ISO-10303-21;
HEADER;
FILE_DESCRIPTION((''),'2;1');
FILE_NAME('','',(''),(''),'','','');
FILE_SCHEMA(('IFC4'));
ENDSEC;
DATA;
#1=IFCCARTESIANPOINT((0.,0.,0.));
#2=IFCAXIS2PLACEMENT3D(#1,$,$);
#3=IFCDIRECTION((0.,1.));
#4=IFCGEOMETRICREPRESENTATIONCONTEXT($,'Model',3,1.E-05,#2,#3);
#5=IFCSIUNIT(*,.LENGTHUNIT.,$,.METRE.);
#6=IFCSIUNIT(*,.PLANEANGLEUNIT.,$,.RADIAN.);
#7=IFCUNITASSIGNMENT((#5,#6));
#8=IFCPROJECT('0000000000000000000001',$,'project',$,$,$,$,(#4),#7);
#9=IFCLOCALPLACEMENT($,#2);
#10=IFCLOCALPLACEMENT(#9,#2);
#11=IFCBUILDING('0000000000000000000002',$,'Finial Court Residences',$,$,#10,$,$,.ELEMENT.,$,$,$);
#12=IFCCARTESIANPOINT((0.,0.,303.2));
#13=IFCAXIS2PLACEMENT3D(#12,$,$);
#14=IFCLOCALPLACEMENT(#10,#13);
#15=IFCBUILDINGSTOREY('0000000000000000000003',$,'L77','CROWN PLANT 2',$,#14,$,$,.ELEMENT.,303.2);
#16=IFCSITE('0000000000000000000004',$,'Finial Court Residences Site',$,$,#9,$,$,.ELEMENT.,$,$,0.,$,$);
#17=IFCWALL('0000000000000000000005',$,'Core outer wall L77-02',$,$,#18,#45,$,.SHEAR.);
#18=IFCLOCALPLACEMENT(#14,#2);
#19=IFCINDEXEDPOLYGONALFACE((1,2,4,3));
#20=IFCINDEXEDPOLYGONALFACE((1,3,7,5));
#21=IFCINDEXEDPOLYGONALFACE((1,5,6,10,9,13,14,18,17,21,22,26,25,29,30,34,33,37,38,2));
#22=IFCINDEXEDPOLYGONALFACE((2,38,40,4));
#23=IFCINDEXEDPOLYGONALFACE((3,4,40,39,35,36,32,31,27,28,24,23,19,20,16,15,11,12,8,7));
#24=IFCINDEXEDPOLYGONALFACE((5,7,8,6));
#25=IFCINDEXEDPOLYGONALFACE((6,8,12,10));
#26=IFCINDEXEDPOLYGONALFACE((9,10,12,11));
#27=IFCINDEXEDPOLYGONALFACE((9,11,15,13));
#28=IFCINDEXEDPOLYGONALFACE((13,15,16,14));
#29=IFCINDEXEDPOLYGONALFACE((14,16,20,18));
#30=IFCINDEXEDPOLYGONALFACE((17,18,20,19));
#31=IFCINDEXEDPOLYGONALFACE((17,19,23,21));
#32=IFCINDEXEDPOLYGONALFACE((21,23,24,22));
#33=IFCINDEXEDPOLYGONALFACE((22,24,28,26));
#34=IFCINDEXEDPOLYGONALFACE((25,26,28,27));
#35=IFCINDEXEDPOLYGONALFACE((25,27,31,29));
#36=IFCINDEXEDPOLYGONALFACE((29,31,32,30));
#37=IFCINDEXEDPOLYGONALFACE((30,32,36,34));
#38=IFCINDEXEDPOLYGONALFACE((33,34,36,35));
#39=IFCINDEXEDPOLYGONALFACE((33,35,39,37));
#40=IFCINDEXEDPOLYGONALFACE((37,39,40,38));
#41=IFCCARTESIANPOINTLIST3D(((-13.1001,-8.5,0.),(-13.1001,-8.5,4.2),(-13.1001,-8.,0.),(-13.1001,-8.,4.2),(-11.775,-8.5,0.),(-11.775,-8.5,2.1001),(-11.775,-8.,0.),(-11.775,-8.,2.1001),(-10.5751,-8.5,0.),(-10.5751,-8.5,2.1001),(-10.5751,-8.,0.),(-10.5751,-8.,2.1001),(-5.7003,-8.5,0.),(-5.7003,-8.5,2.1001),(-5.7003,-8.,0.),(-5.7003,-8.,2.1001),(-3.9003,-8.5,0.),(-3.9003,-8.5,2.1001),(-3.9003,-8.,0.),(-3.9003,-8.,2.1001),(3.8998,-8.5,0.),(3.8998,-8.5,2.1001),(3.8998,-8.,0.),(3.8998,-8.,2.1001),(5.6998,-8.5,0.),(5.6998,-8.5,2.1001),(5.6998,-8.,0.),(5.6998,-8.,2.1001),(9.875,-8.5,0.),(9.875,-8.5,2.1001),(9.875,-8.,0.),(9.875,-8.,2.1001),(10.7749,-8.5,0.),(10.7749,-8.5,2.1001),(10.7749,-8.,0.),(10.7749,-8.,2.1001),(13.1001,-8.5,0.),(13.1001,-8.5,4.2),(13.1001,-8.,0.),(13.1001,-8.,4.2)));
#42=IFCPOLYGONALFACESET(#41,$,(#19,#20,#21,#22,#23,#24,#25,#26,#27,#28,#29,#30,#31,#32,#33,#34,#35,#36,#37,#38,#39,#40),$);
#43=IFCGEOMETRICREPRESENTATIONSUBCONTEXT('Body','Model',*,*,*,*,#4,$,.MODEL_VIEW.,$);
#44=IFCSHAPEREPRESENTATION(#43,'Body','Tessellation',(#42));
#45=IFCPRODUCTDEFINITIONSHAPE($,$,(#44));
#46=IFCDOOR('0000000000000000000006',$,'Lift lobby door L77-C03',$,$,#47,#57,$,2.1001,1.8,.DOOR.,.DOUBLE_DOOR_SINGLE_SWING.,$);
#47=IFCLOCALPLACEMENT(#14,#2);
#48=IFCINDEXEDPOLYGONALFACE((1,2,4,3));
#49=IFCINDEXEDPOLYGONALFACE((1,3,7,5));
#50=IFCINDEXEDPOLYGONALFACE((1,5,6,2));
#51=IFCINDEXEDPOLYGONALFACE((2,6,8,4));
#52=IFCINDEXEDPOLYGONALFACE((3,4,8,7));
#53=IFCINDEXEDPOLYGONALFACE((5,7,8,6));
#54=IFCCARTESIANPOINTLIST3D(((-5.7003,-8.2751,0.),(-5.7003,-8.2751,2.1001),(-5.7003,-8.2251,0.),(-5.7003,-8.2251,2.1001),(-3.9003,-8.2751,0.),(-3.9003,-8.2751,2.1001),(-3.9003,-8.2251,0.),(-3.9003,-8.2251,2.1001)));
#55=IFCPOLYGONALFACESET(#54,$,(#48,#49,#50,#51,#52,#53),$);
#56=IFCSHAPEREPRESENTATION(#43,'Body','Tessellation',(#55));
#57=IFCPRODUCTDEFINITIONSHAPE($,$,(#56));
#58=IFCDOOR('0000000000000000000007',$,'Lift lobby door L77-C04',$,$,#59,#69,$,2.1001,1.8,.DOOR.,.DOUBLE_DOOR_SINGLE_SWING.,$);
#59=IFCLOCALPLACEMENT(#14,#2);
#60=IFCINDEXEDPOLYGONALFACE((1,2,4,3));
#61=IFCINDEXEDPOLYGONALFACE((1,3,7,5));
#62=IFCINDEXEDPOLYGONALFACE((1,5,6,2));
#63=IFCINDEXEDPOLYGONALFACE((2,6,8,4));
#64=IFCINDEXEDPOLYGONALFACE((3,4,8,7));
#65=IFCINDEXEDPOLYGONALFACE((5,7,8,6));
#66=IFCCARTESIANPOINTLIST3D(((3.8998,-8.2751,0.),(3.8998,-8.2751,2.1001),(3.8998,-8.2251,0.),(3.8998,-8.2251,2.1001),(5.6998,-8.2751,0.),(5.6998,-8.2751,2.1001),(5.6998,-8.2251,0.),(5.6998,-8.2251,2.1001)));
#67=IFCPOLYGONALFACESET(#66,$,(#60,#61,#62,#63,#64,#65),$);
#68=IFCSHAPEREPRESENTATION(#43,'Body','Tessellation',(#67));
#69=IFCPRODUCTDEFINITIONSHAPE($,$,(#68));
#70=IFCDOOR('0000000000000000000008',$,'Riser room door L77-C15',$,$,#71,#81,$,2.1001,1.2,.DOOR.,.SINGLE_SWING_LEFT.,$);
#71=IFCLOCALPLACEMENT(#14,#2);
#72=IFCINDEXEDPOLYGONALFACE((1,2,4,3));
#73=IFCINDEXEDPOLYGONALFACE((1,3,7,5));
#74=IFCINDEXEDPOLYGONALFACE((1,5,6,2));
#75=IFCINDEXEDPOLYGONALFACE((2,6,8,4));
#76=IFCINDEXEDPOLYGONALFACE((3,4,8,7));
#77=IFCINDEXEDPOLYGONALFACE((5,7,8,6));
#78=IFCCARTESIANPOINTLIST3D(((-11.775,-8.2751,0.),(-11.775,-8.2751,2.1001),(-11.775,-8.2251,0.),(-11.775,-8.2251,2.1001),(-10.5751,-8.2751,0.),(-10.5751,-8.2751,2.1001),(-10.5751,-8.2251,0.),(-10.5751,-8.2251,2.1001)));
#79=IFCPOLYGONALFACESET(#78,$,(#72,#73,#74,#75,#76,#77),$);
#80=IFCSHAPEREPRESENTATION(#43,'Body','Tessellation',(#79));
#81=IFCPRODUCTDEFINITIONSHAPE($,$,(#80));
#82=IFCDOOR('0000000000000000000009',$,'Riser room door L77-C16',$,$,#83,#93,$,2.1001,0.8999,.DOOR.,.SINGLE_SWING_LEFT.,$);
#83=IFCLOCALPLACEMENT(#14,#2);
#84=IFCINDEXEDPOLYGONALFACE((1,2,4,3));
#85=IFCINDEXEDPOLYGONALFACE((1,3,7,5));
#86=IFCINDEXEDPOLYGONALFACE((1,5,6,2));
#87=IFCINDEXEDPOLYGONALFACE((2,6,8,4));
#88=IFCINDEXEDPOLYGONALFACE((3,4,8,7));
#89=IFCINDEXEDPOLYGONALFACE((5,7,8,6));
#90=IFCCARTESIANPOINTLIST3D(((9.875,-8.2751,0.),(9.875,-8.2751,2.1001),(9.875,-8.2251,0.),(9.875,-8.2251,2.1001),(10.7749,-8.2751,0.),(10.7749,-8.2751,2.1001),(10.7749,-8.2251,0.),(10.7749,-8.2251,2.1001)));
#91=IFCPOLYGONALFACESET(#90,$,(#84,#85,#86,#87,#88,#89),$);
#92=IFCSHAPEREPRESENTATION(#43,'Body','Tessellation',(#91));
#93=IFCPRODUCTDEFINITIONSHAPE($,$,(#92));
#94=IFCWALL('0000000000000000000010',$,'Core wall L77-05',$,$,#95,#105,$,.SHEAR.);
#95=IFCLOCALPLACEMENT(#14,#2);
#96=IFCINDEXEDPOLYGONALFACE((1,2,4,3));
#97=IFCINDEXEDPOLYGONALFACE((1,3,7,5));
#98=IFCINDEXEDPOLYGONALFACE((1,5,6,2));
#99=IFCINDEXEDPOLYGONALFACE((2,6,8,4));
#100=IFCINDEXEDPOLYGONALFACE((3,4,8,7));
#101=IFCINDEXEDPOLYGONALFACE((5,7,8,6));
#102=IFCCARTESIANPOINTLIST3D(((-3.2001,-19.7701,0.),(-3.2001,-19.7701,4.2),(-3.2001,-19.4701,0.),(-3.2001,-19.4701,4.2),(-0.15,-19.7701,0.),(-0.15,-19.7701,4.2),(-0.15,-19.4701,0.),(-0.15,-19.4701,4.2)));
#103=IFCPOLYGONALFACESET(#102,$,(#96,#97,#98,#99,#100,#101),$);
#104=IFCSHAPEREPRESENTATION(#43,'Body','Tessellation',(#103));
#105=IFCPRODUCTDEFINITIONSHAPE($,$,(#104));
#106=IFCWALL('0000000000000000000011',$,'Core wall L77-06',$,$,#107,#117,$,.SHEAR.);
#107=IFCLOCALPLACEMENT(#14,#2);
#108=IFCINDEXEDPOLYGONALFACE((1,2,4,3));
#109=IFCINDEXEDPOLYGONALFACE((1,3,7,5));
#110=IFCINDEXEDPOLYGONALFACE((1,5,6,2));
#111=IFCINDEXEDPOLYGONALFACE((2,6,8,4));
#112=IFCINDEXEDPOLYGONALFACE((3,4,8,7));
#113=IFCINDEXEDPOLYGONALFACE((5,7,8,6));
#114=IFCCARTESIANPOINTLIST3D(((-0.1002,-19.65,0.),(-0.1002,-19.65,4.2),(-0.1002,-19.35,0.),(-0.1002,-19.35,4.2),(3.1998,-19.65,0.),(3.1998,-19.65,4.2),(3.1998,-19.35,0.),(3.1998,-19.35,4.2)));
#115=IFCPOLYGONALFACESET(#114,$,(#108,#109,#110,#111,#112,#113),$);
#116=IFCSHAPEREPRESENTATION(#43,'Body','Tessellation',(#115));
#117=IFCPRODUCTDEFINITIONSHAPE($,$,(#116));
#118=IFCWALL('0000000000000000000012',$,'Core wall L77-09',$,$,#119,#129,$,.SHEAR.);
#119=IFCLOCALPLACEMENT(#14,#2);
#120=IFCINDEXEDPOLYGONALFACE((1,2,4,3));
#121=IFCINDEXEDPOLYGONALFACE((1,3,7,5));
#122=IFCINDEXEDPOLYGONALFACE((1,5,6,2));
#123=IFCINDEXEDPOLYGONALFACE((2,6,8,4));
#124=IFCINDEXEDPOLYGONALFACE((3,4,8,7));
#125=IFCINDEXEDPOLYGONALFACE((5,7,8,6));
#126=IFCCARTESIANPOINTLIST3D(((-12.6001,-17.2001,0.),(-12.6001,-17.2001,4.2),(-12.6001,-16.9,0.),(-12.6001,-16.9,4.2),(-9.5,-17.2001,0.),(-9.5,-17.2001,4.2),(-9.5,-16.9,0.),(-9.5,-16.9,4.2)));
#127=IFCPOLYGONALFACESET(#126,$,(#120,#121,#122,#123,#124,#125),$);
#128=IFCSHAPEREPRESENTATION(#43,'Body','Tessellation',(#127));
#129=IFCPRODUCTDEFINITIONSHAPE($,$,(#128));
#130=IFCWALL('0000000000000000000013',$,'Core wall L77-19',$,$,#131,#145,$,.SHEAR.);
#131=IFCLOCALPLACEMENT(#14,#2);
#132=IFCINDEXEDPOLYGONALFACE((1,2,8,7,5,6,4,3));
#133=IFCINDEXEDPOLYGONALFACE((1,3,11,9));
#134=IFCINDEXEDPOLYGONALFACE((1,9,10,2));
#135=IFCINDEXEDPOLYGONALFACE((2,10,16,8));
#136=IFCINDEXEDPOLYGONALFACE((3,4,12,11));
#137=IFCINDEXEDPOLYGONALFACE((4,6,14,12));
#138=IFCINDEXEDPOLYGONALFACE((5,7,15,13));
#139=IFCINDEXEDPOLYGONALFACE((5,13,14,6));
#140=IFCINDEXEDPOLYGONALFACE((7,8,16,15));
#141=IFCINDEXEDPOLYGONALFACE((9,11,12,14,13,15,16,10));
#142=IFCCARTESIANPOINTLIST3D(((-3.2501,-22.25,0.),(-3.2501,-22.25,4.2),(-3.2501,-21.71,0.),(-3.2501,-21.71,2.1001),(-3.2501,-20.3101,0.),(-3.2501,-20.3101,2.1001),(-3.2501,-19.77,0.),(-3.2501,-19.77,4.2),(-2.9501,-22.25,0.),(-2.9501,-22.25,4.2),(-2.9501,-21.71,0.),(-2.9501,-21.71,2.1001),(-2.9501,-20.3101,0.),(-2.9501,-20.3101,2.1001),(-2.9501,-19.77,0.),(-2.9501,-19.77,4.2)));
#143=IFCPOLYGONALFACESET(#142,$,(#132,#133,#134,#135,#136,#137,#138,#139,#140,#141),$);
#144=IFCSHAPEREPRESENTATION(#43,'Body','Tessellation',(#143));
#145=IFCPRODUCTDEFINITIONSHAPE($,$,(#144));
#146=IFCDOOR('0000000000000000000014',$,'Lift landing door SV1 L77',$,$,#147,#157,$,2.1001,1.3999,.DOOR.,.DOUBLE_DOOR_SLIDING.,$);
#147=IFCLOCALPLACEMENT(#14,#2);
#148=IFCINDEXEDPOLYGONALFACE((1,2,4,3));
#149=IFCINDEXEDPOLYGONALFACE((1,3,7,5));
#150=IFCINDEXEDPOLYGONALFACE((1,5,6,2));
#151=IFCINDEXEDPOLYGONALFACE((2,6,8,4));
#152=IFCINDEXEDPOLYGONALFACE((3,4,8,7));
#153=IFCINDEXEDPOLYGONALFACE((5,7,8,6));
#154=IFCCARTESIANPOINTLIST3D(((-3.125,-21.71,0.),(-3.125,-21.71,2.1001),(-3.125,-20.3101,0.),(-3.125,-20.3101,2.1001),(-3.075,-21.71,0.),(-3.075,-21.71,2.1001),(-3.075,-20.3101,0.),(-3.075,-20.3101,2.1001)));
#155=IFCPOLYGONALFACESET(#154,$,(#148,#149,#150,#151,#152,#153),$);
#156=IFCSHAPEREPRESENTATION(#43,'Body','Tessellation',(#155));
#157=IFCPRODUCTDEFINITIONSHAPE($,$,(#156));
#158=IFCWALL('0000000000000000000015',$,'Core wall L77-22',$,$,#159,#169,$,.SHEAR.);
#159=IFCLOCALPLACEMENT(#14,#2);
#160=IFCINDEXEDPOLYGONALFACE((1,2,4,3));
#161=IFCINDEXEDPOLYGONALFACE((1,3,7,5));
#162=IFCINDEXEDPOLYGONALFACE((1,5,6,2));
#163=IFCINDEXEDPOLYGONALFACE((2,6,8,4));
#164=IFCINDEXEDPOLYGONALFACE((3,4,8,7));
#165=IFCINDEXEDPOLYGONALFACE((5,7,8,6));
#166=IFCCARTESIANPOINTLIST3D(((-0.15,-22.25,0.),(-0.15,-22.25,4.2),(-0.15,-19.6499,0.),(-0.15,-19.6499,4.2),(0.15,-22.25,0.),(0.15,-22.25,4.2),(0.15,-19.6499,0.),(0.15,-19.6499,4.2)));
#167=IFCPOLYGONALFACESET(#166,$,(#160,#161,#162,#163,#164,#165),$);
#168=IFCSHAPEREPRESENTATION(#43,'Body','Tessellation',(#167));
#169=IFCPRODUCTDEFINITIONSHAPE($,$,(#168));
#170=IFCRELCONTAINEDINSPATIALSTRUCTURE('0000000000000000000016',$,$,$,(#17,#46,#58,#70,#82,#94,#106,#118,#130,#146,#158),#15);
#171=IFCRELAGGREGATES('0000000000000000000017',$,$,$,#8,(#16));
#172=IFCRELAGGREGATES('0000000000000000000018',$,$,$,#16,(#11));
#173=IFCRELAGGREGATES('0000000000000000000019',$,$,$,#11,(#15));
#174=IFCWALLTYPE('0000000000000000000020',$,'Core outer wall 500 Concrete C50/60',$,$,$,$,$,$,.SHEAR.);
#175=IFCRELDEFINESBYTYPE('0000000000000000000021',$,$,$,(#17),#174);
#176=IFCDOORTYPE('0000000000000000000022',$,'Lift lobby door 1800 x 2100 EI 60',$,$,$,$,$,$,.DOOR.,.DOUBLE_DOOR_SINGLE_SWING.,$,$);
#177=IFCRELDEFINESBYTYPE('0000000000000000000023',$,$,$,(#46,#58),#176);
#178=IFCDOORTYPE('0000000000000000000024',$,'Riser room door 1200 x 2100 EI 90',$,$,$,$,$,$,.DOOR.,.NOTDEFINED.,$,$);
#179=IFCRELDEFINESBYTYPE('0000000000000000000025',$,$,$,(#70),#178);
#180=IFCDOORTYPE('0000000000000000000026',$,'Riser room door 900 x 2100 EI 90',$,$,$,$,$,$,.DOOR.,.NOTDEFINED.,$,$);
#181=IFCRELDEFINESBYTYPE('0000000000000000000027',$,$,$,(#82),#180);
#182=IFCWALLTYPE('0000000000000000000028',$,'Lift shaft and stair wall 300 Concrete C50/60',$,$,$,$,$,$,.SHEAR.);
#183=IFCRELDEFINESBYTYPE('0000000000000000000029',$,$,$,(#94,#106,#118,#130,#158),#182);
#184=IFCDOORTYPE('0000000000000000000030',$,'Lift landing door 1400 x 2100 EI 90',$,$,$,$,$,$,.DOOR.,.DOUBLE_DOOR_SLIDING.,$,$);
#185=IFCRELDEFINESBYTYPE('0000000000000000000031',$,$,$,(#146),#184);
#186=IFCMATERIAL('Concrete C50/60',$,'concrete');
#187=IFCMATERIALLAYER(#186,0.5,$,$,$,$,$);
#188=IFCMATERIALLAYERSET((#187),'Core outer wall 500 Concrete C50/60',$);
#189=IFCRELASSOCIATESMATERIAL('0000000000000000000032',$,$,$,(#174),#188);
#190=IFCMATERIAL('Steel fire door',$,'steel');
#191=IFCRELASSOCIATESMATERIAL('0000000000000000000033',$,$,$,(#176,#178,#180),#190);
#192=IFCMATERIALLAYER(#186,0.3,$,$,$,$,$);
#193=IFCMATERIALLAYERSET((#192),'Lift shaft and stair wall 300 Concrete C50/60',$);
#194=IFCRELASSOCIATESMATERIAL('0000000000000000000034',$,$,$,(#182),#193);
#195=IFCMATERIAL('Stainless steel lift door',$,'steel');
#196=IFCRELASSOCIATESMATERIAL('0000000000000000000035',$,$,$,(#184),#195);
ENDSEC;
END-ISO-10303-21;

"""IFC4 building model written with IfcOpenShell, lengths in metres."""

from ifc_helpers import new_model, si_unit, direction, frame, frame_2d, origin, place, context, subcontext, project, spatial, rectangle, extrude, material, layer, layer_set, type_object, element, fill, save


model = new_model("IFC4")

# Units and contexts
model_context = context("Model", 3, precision=1e-05, world=origin(), true_north=direction((0.0, 1.0)))
body_context = subcontext(model_context, "Body", "Model", "MODEL_VIEW")
ifc_project = project(units=[si_unit("LENGTHUNIT", "METRE"), si_unit("PLANEANGLEUNIT", "RADIAN")], contexts=[model_context])

# Site, building, storey
site_placement = place(None, origin())
site = spatial("IfcSite", under=ifc_project, at=site_placement, Name="Finial Court Residences Site", CompositionType="ELEMENT", RefElevation=0.0)
building_placement = place(site_placement, origin())
building = spatial("IfcBuilding", under=site, at=building_placement, Name="Finial Court Residences", CompositionType="ELEMENT")
storey_placement = place(building_placement, frame((0.0, 0.0, 303.2)))
storey = spatial("IfcBuildingStorey", under=building, at=storey_placement, Name="L77", Description="CROWN PLANT 2", CompositionType="ELEMENT", Elevation=303.2)

# Wall, openings, doors
ifc_material_1 = material(Name="Concrete C50/60", Category="concrete")
ifc_layer_1 = layer(ifc_material_1, 0.5)
ifc_layer_set_1 = layer_set([ifc_layer_1], Name="Core outer wall 500 Concrete C50/60")
wall_type_1 = type_object("IfcWallType", Name="Core outer wall 500 Concrete C50/60", PredefinedType="SHEAR", material=ifc_layer_set_1)
wall_1_placement = place(storey_placement, frame((-13.1001, -8.25, 0.0), z_axis=(0.0, 0.0, 1.0), x_axis=(1.0, 0.0, 0.0)))
wall_1 = element("IfcWall", 1, at=wall_1_placement, inside=storey, type_object=wall_type_1, Name="Core outer wall L77-02", PredefinedType="SHEAR", context=body_context, shape_type="SweptSolid", body=[
    extrude(rectangle(XDim=26.2002, YDim=0.5, at=frame_2d((13.1001, 0.0))), origin(), (0.0, 0.0, 1.0), 4.2),
])
opening_1_placement = place(wall_1_placement, frame((7.3999, 0.0, 0.0)))
opening_1 = element("IfcOpeningElement", 2, at=opening_1_placement, cuts=wall_1, PredefinedType="OPENING", context=body_context, shape_type="SweptSolid", body=[
    extrude(rectangle(XDim=1.8, YDim=2.1001, at=frame_2d((0.8999, 1.05))), frame((0.0, 0.26, 0.0), z_axis=(0.0, -1.0, 0.0), x_axis=(1.0, 0.0, 0.0)), (0.0, 0.0, 1.0), 0.52),
])
opening_2_placement = place(wall_1_placement, frame((17.0, 0.0, 0.0)))
opening_2 = element("IfcOpeningElement", 3, at=opening_2_placement, cuts=wall_1, PredefinedType="OPENING", context=body_context, shape_type="SweptSolid", body=[
    extrude(rectangle(XDim=1.8, YDim=2.1001, at=frame_2d((0.8999, 1.05))), frame((0.0, 0.26, 0.0), z_axis=(0.0, -1.0, 0.0), x_axis=(1.0, 0.0, 0.0)), (0.0, 0.0, 1.0), 0.52),
])
opening_3_placement = place(wall_1_placement, frame((1.325, 0.0, 0.0)))
opening_3 = element("IfcOpeningElement", 4, at=opening_3_placement, cuts=wall_1, PredefinedType="OPENING", context=body_context, shape_type="SweptSolid", body=[
    extrude(rectangle(XDim=1.2, YDim=2.1001, at=frame_2d((0.6001, 1.05))), frame((0.0, 0.26, 0.0), z_axis=(0.0, -1.0, 0.0), x_axis=(1.0, 0.0, 0.0)), (0.0, 0.0, 1.0), 0.52),
])
opening_4_placement = place(wall_1_placement, frame((22.9751, 0.0, 0.0)))
opening_4 = element("IfcOpeningElement", 5, at=opening_4_placement, cuts=wall_1, PredefinedType="OPENING", context=body_context, shape_type="SweptSolid", body=[
    extrude(rectangle(XDim=0.8999, YDim=2.1001, at=frame_2d((0.45, 1.05))), frame((0.0, 0.26, 0.0), z_axis=(0.0, -1.0, 0.0), x_axis=(1.0, 0.0, 0.0)), (0.0, 0.0, 1.0), 0.52),
])
ifc_material_2 = material(Name="Steel fire door", Category="steel")
door_type_1 = type_object("IfcDoorType", Name="Lift lobby door 1800 x 2100 EI 60", OperationType="DOUBLE_DOOR_SINGLE_SWING", PredefinedType="DOOR", material=ifc_material_2)
door_1_placement = place(opening_1_placement, origin())
door_1 = element("IfcDoor", 6, at=door_1_placement, inside=storey, type_object=door_type_1, Name="Lift lobby door L77-C03", OperationType="DOUBLE_DOOR_SINGLE_SWING", OverallHeight=2.1001, OverallWidth=1.8, PredefinedType="DOOR", context=body_context, shape_type="SweptSolid", body=[
    extrude(rectangle(XDim=1.8, YDim=2.1001, at=frame_2d((0.8999, 1.05))), frame((0.0, 0.0249, 0.0), z_axis=(0.0, -1.0, 0.0), x_axis=(1.0, 0.0, 0.0)), (0.0, 0.0, 1.0), 0.05),
])
fill(opening_1, door_1)
door_2_placement = place(opening_2_placement, origin())
door_2 = element("IfcDoor", 7, at=door_2_placement, inside=storey, type_object=door_type_1, Name="Lift lobby door L77-C04", OperationType="DOUBLE_DOOR_SINGLE_SWING", OverallHeight=2.1001, OverallWidth=1.8, PredefinedType="DOOR", context=body_context, shape_type="SweptSolid", body=[
    extrude(rectangle(XDim=1.8, YDim=2.1001, at=frame_2d((0.8999, 1.05))), frame((0.0, 0.0249, 0.0), z_axis=(0.0, -1.0, 0.0), x_axis=(1.0, 0.0, 0.0)), (0.0, 0.0, 1.0), 0.05),
])
fill(opening_2, door_2)
door_type_2 = type_object("IfcDoorType", Name="Riser room door 1200 x 2100 EI 90", OperationType="NOTDEFINED", PredefinedType="DOOR", material=ifc_material_2)
door_3_placement = place(opening_3_placement, origin())
door_3 = element("IfcDoor", 8, at=door_3_placement, inside=storey, type_object=door_type_2, Name="Riser room door L77-C15", OperationType="SINGLE_SWING_LEFT", OverallHeight=2.1001, OverallWidth=1.2, PredefinedType="DOOR", context=body_context, shape_type="SweptSolid", body=[
    extrude(rectangle(XDim=1.2, YDim=2.1001, at=frame_2d((0.6001, 1.05))), frame((0.0, 0.0249, 0.0), z_axis=(0.0, -1.0, 0.0), x_axis=(1.0, 0.0, 0.0)), (0.0, 0.0, 1.0), 0.05),
])
fill(opening_3, door_3)
door_type_3 = type_object("IfcDoorType", Name="Riser room door 900 x 2100 EI 90", OperationType="NOTDEFINED", PredefinedType="DOOR", material=ifc_material_2)
door_4_placement = place(opening_4_placement, origin())
door_4 = element("IfcDoor", 9, at=door_4_placement, inside=storey, type_object=door_type_3, Name="Riser room door L77-C16", OperationType="SINGLE_SWING_LEFT", OverallHeight=2.1001, OverallWidth=0.8999, PredefinedType="DOOR", context=body_context, shape_type="SweptSolid", body=[
    extrude(rectangle(XDim=0.8999, YDim=2.1001, at=frame_2d((0.45, 1.05))), frame((0.0, 0.0249, 0.0), z_axis=(0.0, -1.0, 0.0), x_axis=(1.0, 0.0, 0.0)), (0.0, 0.0, 1.0), 0.05),
])
fill(opening_4, door_4)

# Walls
ifc_layer_2 = layer(ifc_material_1, 0.3)
ifc_layer_set_2 = layer_set([ifc_layer_2], Name="Lift shaft and stair wall 300 Concrete C50/60")
wall_type_2 = type_object("IfcWallType", Name="Lift shaft and stair wall 300 Concrete C50/60", PredefinedType="SHEAR", material=ifc_layer_set_2)
wall_2_placement = place(storey_placement, frame((-3.2, -19.6201, 0.0), z_axis=(0.0, 0.0, 1.0), x_axis=(1.0, 0.0, 0.0)))
element("IfcWall", 10, at=wall_2_placement, inside=storey, type_object=wall_type_2, Name="Core wall L77-05", PredefinedType="SHEAR", context=body_context, shape_type="SweptSolid", body=[
    extrude(rectangle(XDim=3.05, YDim=0.3, at=frame_2d((1.5249, 0.0))), origin(), (0.0, 0.0, 1.0), 4.2),
])
wall_3_placement = place(storey_placement, frame((-0.1001, -19.5, 0.0), z_axis=(0.0, 0.0, 1.0), x_axis=(1.0, 0.0, 0.0)))
element("IfcWall", 11, at=wall_3_placement, inside=storey, type_object=wall_type_2, Name="Core wall L77-06", PredefinedType="SHEAR", context=body_context, shape_type="SweptSolid", body=[
    extrude(rectangle(XDim=3.3, YDim=0.3, at=frame_2d((1.6499, 0.0))), origin(), (0.0, 0.0, 1.0), 4.2),
])
wall_4_placement = place(storey_placement, frame((-12.6001, -17.05, 0.0), z_axis=(0.0, 0.0, 1.0), x_axis=(1.0, 0.0, 0.0)))
element("IfcWall", 12, at=wall_4_placement, inside=storey, type_object=wall_type_2, Name="Core wall L77-09", PredefinedType="SHEAR", context=body_context, shape_type="SweptSolid", body=[
    extrude(rectangle(XDim=3.1001, YDim=0.3, at=frame_2d((1.55, 0.0))), origin(), (0.0, 0.0, 1.0), 4.2),
])

# Wall, opening, door
wall_5_placement = place(storey_placement, frame((-3.1001, -22.25, 0.0), z_axis=(0.0, 0.0, 1.0), x_axis=(0.0, 1.0, 0.0)))
wall_5 = element("IfcWall", 13, at=wall_5_placement, inside=storey, type_object=wall_type_2, Name="Core wall L77-19", PredefinedType="SHEAR", context=body_context, shape_type="SweptSolid", body=[
    extrude(rectangle(XDim=2.48, YDim=0.3, at=frame_2d((1.24, 0.0))), origin(), (0.0, 0.0, 1.0), 4.2),
])
opening_5_placement = place(wall_5_placement, frame((0.54, 0.0, 0.0)))
opening_5 = element("IfcOpeningElement", 14, at=opening_5_placement, cuts=wall_5, PredefinedType="OPENING", context=body_context, shape_type="SweptSolid", body=[
    extrude(rectangle(XDim=1.3999, YDim=2.1001, at=frame_2d((0.7, 1.05))), frame((0.0, 0.1599, 0.0), z_axis=(0.0, -1.0, 0.0), x_axis=(1.0, 0.0, 0.0)), (0.0, 0.0, 1.0), 0.3201),
])
ifc_material_3 = material(Name="Stainless steel lift door", Category="steel")
door_type_4 = type_object("IfcDoorType", Name="Lift landing door 1400 x 2100 EI 90", OperationType="DOUBLE_DOOR_SLIDING", PredefinedType="DOOR", material=ifc_material_3)
door_5_placement = place(opening_5_placement, origin())
door_5 = element("IfcDoor", 15, at=door_5_placement, inside=storey, type_object=door_type_4, Name="Lift landing door SV1 L77", OperationType="DOUBLE_DOOR_SLIDING", OverallHeight=2.1001, OverallWidth=1.3999, PredefinedType="DOOR", context=body_context, shape_type="SweptSolid", body=[
    extrude(rectangle(XDim=1.3999, YDim=2.1001, at=frame_2d((0.7, 1.05))), frame((0.0, 0.0249, 0.0), z_axis=(0.0, -1.0, 0.0), x_axis=(1.0, 0.0, 0.0)), (0.0, 0.0, 1.0), 0.05),
])
fill(opening_5, door_5)

# Wall
wall_6_placement = place(storey_placement, frame((0.0, -22.25, 0.0), z_axis=(0.0, 0.0, 1.0), x_axis=(0.0, 1.0, 0.0)))
element("IfcWall", 16, at=wall_6_placement, inside=storey, type_object=wall_type_2, Name="Core wall L77-22", PredefinedType="SHEAR", context=body_context, shape_type="SweptSolid", body=[
    extrude(rectangle(XDim=2.6001, YDim=0.3, at=frame_2d((1.3, 0.0))), origin(), (0.0, 0.0, 1.0), 4.2),
])

save(model, "model.ifc")
